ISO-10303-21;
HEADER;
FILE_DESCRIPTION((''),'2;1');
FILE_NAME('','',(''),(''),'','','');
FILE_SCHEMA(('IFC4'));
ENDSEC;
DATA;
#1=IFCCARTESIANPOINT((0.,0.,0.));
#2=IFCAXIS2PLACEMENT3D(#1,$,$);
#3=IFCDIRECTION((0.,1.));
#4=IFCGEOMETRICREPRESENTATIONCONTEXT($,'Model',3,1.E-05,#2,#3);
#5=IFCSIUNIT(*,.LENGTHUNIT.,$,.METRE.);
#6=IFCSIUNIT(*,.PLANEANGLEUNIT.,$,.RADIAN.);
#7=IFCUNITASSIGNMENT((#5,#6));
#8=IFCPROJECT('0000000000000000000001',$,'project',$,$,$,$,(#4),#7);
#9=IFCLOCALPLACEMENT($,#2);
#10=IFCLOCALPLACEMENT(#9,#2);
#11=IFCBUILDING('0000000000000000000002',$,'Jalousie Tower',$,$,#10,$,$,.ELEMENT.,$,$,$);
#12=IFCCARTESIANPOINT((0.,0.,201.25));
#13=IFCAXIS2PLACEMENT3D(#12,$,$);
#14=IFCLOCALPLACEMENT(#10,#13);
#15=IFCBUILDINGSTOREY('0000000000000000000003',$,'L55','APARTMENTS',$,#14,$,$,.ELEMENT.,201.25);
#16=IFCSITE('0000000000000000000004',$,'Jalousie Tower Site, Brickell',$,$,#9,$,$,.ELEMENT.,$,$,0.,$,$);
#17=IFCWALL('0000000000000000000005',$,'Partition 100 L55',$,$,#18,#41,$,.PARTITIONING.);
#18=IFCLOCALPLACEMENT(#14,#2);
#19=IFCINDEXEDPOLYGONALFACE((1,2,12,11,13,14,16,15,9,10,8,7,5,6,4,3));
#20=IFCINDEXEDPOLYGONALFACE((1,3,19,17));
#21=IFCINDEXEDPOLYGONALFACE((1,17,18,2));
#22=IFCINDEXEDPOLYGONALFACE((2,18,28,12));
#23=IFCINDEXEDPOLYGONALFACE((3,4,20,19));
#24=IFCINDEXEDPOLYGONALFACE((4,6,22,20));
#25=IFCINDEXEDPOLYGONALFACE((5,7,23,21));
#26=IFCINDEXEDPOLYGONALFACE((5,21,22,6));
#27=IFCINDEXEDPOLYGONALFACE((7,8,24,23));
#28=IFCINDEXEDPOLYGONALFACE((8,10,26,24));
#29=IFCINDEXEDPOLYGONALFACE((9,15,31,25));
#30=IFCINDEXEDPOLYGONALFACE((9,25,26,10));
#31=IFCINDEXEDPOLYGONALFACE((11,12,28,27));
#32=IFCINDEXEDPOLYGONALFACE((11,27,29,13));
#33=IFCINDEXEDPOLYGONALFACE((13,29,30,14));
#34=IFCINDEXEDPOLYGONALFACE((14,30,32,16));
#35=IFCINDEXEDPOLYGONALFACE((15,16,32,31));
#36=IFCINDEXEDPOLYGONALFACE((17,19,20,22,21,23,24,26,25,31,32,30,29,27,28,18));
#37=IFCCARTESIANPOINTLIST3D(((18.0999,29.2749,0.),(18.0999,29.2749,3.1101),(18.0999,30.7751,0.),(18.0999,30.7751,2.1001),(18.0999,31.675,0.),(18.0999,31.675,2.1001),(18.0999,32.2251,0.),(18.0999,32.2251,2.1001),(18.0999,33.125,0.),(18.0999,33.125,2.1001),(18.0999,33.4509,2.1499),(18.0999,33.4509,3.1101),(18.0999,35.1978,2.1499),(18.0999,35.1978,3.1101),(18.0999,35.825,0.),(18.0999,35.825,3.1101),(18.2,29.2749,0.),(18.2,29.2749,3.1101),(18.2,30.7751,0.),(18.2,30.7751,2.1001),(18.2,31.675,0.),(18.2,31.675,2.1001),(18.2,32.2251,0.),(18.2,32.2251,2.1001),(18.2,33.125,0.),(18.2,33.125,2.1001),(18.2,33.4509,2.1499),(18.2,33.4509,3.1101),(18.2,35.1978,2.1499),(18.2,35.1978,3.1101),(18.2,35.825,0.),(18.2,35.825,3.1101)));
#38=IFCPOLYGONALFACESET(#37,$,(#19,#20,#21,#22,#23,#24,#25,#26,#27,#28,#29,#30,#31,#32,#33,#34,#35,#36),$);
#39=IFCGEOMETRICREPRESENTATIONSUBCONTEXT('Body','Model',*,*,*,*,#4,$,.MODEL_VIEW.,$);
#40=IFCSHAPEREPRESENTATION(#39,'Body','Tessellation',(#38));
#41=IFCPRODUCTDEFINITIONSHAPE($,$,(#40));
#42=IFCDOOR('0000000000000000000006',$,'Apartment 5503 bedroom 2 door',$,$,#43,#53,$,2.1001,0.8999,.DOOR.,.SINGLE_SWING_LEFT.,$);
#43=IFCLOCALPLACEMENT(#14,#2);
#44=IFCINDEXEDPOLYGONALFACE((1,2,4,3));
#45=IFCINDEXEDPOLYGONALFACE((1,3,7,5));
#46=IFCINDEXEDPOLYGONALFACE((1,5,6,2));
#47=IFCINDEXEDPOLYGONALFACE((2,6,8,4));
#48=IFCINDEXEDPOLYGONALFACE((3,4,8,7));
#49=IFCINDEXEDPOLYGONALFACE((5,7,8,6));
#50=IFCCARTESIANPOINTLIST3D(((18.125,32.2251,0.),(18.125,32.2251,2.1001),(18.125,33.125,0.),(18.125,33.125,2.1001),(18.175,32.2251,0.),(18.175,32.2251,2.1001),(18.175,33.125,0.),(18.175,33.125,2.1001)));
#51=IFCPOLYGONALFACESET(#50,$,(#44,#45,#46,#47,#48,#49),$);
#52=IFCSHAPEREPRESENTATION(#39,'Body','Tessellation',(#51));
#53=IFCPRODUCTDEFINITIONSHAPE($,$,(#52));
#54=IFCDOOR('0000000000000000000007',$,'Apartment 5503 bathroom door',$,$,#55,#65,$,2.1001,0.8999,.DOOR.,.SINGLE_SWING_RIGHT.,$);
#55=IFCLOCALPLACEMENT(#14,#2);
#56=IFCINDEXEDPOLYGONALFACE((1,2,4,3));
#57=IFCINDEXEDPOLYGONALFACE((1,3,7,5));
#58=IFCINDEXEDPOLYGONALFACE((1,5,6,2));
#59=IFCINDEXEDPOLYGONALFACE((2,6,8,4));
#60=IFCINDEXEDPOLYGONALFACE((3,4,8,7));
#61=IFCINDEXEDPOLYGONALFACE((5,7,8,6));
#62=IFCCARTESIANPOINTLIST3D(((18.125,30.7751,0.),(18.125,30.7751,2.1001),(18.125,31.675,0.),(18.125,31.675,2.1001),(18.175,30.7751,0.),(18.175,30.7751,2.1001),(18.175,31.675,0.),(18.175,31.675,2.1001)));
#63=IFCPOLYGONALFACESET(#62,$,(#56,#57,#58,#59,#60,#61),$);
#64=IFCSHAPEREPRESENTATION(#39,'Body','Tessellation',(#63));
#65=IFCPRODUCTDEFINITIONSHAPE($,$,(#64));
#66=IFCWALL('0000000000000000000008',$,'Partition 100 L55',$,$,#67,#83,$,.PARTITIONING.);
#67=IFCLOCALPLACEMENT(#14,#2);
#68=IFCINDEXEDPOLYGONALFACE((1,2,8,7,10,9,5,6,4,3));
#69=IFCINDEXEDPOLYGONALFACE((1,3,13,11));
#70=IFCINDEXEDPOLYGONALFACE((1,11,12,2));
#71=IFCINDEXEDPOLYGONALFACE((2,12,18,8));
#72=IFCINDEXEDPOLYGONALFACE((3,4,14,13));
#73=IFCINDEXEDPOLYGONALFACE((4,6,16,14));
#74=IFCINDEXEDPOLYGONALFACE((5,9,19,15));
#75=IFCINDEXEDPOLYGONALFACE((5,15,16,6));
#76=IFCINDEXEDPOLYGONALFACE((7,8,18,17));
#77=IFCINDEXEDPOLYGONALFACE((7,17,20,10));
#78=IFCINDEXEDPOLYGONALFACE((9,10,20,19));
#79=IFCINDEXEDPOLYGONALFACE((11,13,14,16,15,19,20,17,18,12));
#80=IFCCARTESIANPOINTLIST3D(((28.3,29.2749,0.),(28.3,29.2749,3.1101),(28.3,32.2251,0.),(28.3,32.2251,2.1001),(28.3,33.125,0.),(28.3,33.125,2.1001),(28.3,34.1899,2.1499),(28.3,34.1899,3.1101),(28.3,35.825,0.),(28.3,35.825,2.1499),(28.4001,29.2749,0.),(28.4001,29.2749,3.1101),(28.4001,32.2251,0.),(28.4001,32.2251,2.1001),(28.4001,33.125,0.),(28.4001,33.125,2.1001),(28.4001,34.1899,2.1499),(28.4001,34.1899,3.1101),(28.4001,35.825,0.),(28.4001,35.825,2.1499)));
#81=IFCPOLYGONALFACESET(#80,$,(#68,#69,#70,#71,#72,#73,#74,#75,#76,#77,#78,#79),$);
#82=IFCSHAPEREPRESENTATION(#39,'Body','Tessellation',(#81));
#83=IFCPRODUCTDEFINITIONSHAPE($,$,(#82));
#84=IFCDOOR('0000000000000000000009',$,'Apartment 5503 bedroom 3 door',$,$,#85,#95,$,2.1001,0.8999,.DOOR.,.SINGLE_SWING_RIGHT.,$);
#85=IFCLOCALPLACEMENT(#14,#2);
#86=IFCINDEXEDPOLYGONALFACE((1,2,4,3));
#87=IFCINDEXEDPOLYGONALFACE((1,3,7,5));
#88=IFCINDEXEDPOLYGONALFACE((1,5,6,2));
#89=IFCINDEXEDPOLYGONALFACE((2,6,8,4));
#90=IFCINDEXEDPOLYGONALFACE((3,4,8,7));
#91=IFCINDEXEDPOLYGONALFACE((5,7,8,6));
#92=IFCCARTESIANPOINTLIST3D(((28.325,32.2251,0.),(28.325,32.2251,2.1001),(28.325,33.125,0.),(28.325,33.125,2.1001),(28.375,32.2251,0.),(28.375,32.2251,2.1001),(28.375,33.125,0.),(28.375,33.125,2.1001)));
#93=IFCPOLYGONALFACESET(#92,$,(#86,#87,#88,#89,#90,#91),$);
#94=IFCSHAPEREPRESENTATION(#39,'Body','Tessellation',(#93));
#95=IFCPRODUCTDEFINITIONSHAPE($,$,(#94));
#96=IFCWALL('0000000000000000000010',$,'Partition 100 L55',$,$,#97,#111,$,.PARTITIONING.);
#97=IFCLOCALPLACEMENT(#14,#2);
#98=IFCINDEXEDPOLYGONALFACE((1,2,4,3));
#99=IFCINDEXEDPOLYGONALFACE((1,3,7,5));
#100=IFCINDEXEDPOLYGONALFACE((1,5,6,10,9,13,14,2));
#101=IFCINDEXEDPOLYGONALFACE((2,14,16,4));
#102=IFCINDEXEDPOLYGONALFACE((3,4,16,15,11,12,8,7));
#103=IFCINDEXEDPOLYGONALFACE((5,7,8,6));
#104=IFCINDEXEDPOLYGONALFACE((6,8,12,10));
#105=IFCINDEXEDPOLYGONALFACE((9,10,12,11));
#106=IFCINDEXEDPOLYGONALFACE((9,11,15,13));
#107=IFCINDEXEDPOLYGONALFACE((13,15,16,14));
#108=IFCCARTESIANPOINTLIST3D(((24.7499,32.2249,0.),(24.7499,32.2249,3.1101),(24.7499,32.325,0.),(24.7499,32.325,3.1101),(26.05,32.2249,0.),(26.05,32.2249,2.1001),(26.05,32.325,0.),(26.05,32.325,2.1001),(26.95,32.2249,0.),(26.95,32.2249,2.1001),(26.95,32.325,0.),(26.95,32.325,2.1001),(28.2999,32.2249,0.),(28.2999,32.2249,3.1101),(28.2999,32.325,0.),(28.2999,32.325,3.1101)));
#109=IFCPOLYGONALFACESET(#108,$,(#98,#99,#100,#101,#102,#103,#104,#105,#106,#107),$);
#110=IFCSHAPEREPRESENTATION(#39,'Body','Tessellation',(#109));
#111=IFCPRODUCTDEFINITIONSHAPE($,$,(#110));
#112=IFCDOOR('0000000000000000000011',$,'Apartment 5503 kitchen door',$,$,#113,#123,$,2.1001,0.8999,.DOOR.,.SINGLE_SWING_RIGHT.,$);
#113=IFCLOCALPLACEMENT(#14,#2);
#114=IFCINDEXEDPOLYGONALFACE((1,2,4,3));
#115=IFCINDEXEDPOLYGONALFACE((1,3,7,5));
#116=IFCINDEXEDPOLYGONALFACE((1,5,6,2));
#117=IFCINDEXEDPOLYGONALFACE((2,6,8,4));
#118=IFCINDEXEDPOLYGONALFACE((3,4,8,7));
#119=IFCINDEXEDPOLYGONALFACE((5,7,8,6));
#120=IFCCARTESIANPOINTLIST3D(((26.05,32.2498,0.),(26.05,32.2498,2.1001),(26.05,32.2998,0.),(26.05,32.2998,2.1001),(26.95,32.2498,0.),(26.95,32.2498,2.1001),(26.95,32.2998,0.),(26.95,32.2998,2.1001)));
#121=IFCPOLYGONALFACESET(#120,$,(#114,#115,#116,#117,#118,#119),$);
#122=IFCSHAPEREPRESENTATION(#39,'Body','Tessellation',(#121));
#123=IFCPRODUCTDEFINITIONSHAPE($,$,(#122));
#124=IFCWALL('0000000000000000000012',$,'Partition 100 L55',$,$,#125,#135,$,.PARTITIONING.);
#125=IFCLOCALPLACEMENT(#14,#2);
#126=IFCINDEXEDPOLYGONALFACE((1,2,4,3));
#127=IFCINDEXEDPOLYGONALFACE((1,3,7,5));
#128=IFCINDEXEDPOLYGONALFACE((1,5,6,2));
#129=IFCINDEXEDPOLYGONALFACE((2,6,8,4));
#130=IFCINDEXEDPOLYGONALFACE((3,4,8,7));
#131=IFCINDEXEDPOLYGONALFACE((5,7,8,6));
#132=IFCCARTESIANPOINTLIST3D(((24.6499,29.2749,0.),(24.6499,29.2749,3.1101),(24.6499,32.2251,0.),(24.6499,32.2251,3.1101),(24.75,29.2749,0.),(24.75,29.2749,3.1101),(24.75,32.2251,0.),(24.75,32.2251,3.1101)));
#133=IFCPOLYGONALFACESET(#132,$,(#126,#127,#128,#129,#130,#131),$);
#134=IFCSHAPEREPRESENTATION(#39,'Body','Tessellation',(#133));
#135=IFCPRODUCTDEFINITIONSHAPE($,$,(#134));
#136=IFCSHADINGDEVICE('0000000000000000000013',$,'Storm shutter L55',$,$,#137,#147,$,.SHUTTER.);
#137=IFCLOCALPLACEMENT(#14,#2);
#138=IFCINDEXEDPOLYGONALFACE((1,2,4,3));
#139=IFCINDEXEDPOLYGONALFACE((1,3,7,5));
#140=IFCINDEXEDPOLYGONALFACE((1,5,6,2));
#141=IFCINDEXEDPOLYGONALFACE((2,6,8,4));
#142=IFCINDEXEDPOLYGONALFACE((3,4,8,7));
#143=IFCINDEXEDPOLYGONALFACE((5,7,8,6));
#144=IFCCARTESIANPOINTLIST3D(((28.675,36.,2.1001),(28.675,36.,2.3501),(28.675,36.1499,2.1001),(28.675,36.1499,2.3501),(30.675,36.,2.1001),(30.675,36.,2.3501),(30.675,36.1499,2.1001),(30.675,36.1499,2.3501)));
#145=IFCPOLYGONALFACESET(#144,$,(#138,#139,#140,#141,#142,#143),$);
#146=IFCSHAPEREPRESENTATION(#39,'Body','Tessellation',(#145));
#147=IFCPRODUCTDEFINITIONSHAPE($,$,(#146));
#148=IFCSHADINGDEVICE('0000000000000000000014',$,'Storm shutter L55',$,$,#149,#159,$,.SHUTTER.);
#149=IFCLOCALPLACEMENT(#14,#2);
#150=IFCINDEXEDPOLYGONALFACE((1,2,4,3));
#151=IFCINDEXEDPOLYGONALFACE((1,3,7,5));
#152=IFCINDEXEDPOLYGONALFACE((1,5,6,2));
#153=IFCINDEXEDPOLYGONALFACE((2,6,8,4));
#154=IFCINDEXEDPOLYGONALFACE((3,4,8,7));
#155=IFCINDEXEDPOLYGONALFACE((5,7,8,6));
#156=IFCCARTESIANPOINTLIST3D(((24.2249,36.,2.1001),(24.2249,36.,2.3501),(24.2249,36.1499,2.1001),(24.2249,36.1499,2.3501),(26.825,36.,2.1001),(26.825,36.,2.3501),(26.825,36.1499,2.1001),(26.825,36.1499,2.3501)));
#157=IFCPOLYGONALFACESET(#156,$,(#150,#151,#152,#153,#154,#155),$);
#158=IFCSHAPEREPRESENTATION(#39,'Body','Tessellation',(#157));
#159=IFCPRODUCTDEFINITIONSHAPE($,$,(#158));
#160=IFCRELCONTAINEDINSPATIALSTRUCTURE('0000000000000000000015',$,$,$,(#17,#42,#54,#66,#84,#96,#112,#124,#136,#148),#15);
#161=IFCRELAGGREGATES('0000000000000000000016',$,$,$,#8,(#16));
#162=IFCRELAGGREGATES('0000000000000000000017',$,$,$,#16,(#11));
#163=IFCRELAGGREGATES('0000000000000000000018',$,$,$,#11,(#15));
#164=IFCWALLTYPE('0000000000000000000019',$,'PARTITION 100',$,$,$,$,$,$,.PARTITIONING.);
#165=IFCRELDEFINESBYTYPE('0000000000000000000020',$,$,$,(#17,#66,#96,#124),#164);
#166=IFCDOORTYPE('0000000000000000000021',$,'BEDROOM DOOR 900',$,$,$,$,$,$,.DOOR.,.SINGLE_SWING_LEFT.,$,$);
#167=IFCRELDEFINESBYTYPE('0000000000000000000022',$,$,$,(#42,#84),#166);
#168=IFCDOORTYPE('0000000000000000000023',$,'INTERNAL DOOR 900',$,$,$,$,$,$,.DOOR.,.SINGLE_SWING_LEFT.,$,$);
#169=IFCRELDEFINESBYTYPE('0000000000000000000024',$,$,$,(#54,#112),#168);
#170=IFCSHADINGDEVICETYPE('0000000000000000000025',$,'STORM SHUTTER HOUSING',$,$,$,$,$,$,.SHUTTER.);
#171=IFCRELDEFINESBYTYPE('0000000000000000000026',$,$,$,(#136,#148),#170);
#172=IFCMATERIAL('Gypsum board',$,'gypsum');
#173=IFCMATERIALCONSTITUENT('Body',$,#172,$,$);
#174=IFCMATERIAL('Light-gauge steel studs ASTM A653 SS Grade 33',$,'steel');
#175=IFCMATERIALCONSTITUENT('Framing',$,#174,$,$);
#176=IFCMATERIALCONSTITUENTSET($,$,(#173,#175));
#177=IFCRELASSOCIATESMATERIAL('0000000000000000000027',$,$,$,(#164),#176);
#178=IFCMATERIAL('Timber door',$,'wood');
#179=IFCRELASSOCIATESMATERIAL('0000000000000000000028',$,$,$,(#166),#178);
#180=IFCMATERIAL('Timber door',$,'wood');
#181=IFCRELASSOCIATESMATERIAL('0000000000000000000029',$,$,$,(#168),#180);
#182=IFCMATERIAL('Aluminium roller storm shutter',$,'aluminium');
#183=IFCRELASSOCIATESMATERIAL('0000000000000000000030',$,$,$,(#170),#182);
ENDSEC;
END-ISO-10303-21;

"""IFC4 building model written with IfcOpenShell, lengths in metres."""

from ifc_helpers import new_model, si_unit, direction, frame, frame_2d, origin, origin_2d, place, context, subcontext, project, spatial, polyline, rectangle, outline, extrude, material, constituent, constituent_set, type_object, element, fill, save


model = new_model("IFC4")

# Units and contexts
model_context = context("Model", 3, precision=1e-05, world=origin(), true_north=direction((0.0, 1.0)))
body_context = subcontext(model_context, "Body", "Model", "MODEL_VIEW")
ifc_project = project(units=[si_unit("LENGTHUNIT", "METRE"), si_unit("PLANEANGLEUNIT", "RADIAN")], contexts=[model_context])

# Site, building, storey
site_placement = place(None, origin())
site = spatial("IfcSite", under=ifc_project, at=site_placement, Name="Jalousie Tower Site, Brickell", CompositionType="ELEMENT", RefElevation=0.0)
building_placement = place(site_placement, origin())
building = spatial("IfcBuilding", under=site, at=building_placement, Name="Jalousie Tower", CompositionType="ELEMENT")
storey_placement = place(building_placement, frame((0.0, 0.0, 201.25)))
storey = spatial("IfcBuildingStorey", under=building, at=storey_placement, Name="L55", Description="APARTMENTS", CompositionType="ELEMENT", Elevation=201.25)

# Wall, openings, doors
ifc_material_1 = material(Name="Gypsum board", Category="gypsum")
ifc_constituent_1 = constituent(ifc_material_1, Name="Body")
ifc_material_2 = material(Name="Light-gauge steel studs ASTM A653 SS Grade 33", Category="steel")
ifc_constituent_2 = constituent(ifc_material_2, Name="Framing")
ifc_constituent_set_1 = constituent_set(constituents=[ifc_constituent_1, ifc_constituent_2])
wall_type_1 = type_object("IfcWallType", Name="PARTITION 100", PredefinedType="PARTITIONING", material=ifc_constituent_set_1)
wall_1_placement = place(storey_placement, frame((18.1499, 35.825, 0.0), z_axis=(0.0, 0.0, 1.0), x_axis=(0.0, -1.0, 0.0)))
wall_1 = element("IfcWall", 1, at=wall_1_placement, inside=storey, type_object=wall_type_1, Name="Partition 100 L55", PredefinedType="PARTITIONING", context=body_context, shape_type="SweptSolid", body=[
    extrude(outline(polyline([(0.0, 0.0), (6.55, 0.0), (6.55, 3.1101), (2.374, 3.1101), (2.374, 2.1499), (0.6272, 2.1499), (0.6272, 3.1101), (0.0, 3.1101), (0.0, 0.0)])), frame((0.0, 0.05, 0.0), z_axis=(0.0, -1.0, 0.0), x_axis=(1.0, 0.0, 0.0)), (0.0, 0.0, 1.0), 0.1001),
])
opening_1_placement = place(wall_1_placement, frame((2.7, 0.0, 0.0)))
opening_1 = element("IfcOpeningElement", 2, at=opening_1_placement, cuts=wall_1, PredefinedType="OPENING", context=body_context, shape_type="SweptSolid", body=[
    extrude(rectangle(XDim=0.8999, YDim=2.1001, at=frame_2d((0.45, 1.05))), frame((0.0, 0.0601, 0.0), z_axis=(0.0, -1.0, 0.0), x_axis=(1.0, 0.0, 0.0)), (0.0, 0.0, 1.0), 0.1201),
])
opening_2_placement = place(wall_1_placement, frame((4.1499, 0.0, 0.0)))
opening_2 = element("IfcOpeningElement", 3, at=opening_2_placement, cuts=wall_1, PredefinedType="OPENING", context=body_context, shape_type="SweptSolid", body=[
    extrude(rectangle(XDim=0.8999, YDim=2.1001, at=frame_2d((0.45, 1.05))), frame((0.0, 0.0601, 0.0), z_axis=(0.0, -1.0, 0.0), x_axis=(1.0, 0.0, 0.0)), (0.0, 0.0, 1.0), 0.1201),
])
ifc_material_3 = material(Name="Timber door", Category="wood")
door_type_1 = type_object("IfcDoorType", Name="BEDROOM DOOR 900", OperationType="SINGLE_SWING_LEFT", PredefinedType="DOOR", material=ifc_material_3)
door_1_placement = place(opening_1_placement, frame((0.8999, 0.0, 0.0), z_axis=(0.0, 0.0, 1.0), x_axis=(-1.0, 0.0, 0.0)))
door_1 = element("IfcDoor", 4, at=door_1_placement, inside=storey, type_object=door_type_1, Name="Apartment 5503 bedroom 2 door", OperationType="SINGLE_SWING_LEFT", OverallHeight=2.1001, OverallWidth=0.8999, PredefinedType="DOOR", context=body_context, shape_type="SweptSolid", body=[
    extrude(rectangle(XDim=0.8999, YDim=2.1001, at=frame_2d((0.45, 1.05))), frame((0.0, 0.0249, 0.0), z_axis=(0.0, -1.0, 0.0), x_axis=(1.0, 0.0, 0.0)), (0.0, 0.0, 1.0), 0.05),
])
fill(opening_1, door_1)
ifc_material_4 = material(Name="Timber door", Category="wood")
door_type_2 = type_object("IfcDoorType", Name="INTERNAL DOOR 900", OperationType="SINGLE_SWING_LEFT", PredefinedType="DOOR", material=ifc_material_4)
door_2_placement = place(opening_2_placement, frame((0.8999, 0.0, 0.0), z_axis=(0.0, 0.0, 1.0), x_axis=(-1.0, 0.0, 0.0)))
door_2 = element("IfcDoor", 5, at=door_2_placement, inside=storey, type_object=door_type_2, Name="Apartment 5503 bathroom door", OperationType="SINGLE_SWING_RIGHT", OverallHeight=2.1001, OverallWidth=0.8999, PredefinedType="DOOR", context=body_context, shape_type="SweptSolid", body=[
    extrude(rectangle(XDim=0.8999, YDim=2.1001, at=frame_2d((0.45, 1.05))), frame((0.0, 0.0249, 0.0), z_axis=(0.0, -1.0, 0.0), x_axis=(1.0, 0.0, 0.0)), (0.0, 0.0, 1.0), 0.05),
])
fill(opening_2, door_2)

# Walls, openings, doors
wall_2_placement = place(storey_placement, frame((28.3501, 35.825, 0.0), z_axis=(0.0, 0.0, 1.0), x_axis=(0.0, -1.0, 0.0)))
wall_2 = element("IfcWall", 6, at=wall_2_placement, inside=storey, type_object=wall_type_1, Name="Partition 100 L55", PredefinedType="PARTITIONING", context=body_context, shape_type="SweptSolid", body=[
    extrude(outline(polyline([(0.0, 0.0), (6.55, 0.0), (6.55, 3.1101), (1.635, 3.1101), (1.635, 2.1499), (0.0, 2.1499), (0.0, 3.1101), (0.0, 0.0)])), frame((0.0, 0.05, 0.0), z_axis=(0.0, -1.0, 0.0), x_axis=(1.0, 0.0, 0.0)), (0.0, 0.0, 1.0), 0.1001),
])
opening_3_placement = place(wall_2_placement, frame((2.7, 0.0, 0.0)))
opening_3 = element("IfcOpeningElement", 7, at=opening_3_placement, cuts=wall_2, PredefinedType="OPENING", context=body_context, shape_type="SweptSolid", body=[
    extrude(rectangle(XDim=0.8999, YDim=2.1001, at=frame_2d((0.45, 1.05))), frame((0.0, 0.0601, 0.0), z_axis=(0.0, -1.0, 0.0), x_axis=(1.0, 0.0, 0.0)), (0.0, 0.0, 1.0), 0.1201),
])
door_3_placement = place(opening_3_placement, origin())
door_3 = element("IfcDoor", 8, at=door_3_placement, inside=storey, type_object=door_type_1, Name="Apartment 5503 bedroom 3 door", OperationType="SINGLE_SWING_RIGHT", OverallHeight=2.1001, OverallWidth=0.8999, PredefinedType="DOOR", context=body_context, shape_type="SweptSolid", body=[
    extrude(rectangle(XDim=0.8999, YDim=2.1001, at=frame_2d((0.45, 1.05))), frame((0.0, 0.0249, 0.0), z_axis=(0.0, -1.0, 0.0), x_axis=(1.0, 0.0, 0.0)), (0.0, 0.0, 1.0), 0.05),
])
fill(opening_3, door_3)
wall_3_placement = place(storey_placement, frame((24.75, 32.2749, 0.0), z_axis=(0.0, 0.0, 1.0), x_axis=(1.0, 0.0, 0.0)))
wall_3 = element("IfcWall", 9, at=wall_3_placement, inside=storey, type_object=wall_type_1, Name="Partition 100 L55", PredefinedType="PARTITIONING", context=body_context, shape_type="SweptSolid", body=[
    extrude(rectangle(XDim=3.55, YDim=0.1001, at=frame_2d((1.7749, 0.0))), origin(), (0.0, 0.0, 1.0), 3.1101),
])
opening_4_placement = place(wall_3_placement, frame((1.3, 0.0, 0.0)))
opening_4 = element("IfcOpeningElement", 10, at=opening_4_placement, cuts=wall_3, PredefinedType="OPENING", context=body_context, shape_type="SweptSolid", body=[
    extrude(rectangle(XDim=0.8999, YDim=2.1001, at=frame_2d((0.45, 1.05))), frame((0.0, 0.0601, 0.0), z_axis=(0.0, -1.0, 0.0), x_axis=(1.0, 0.0, 0.0)), (0.0, 0.0, 1.0), 0.1201),
])
door_4_placement = place(opening_4_placement, origin())
door_4 = element("IfcDoor", 11, at=door_4_placement, inside=storey, type_object=door_type_2, Name="Apartment 5503 kitchen door", OperationType="SINGLE_SWING_RIGHT", OverallHeight=2.1001, OverallWidth=0.8999, PredefinedType="DOOR", context=body_context, shape_type="SweptSolid", body=[
    extrude(rectangle(XDim=0.8999, YDim=2.1001, at=frame_2d((0.45, 1.05))), frame((0.0, 0.0249, 0.0), z_axis=(0.0, -1.0, 0.0), x_axis=(1.0, 0.0, 0.0)), (0.0, 0.0, 1.0), 0.05),
])
fill(opening_4, door_4)

# Wall
wall_4_placement = place(storey_placement, frame((24.7, 32.2251, 0.0), z_axis=(0.0, 0.0, 1.0), x_axis=(0.0, -1.0, 0.0)))
element("IfcWall", 12, at=wall_4_placement, inside=storey, type_object=wall_type_1, Name="Partition 100 L55", PredefinedType="PARTITIONING", context=body_context, shape_type="SweptSolid", body=[
    extrude(rectangle(XDim=2.9502, YDim=0.1001, at=frame_2d((1.4751, 0.0))), origin(), (0.0, 0.0, 1.0), 3.1101),
])

# Shading devices
ifc_material_5 = material(Name="Aluminium roller storm shutter", Category="aluminium")
shading_device_type = type_object("IfcShadingDeviceType", Name="STORM SHUTTER HOUSING", PredefinedType="SHUTTER", material=ifc_material_5)
shading_device_1_placement = place(storey_placement, frame((29.675, 36.075, 2.1001), z_axis=(0.0, 0.0, 1.0), x_axis=(-1.0, 0.0, 0.0)))
element("IfcShadingDevice", 13, at=shading_device_1_placement, inside=storey, type_object=shading_device_type, Name="Storm shutter L55", PredefinedType="SHUTTER", context=body_context, shape_type="SweptSolid", body=[
    extrude(rectangle(XDim=2.0, YDim=0.1499, at=origin_2d()), origin(), (0.0, 0.0, 1.0), 0.25),
])
shading_device_2_placement = place(storey_placement, frame((25.5249, 36.075, 2.1001), z_axis=(0.0, 0.0, 1.0), x_axis=(-1.0, 0.0, 0.0)))
element("IfcShadingDevice", 14, at=shading_device_2_placement, inside=storey, type_object=shading_device_type, Name="Storm shutter L55", PredefinedType="SHUTTER", context=body_context, shape_type="SweptSolid", body=[
    extrude(rectangle(XDim=2.6001, YDim=0.1499, at=origin_2d()), origin(), (0.0, 0.0, 1.0), 0.25),
])

save(model, "model.ifc")
